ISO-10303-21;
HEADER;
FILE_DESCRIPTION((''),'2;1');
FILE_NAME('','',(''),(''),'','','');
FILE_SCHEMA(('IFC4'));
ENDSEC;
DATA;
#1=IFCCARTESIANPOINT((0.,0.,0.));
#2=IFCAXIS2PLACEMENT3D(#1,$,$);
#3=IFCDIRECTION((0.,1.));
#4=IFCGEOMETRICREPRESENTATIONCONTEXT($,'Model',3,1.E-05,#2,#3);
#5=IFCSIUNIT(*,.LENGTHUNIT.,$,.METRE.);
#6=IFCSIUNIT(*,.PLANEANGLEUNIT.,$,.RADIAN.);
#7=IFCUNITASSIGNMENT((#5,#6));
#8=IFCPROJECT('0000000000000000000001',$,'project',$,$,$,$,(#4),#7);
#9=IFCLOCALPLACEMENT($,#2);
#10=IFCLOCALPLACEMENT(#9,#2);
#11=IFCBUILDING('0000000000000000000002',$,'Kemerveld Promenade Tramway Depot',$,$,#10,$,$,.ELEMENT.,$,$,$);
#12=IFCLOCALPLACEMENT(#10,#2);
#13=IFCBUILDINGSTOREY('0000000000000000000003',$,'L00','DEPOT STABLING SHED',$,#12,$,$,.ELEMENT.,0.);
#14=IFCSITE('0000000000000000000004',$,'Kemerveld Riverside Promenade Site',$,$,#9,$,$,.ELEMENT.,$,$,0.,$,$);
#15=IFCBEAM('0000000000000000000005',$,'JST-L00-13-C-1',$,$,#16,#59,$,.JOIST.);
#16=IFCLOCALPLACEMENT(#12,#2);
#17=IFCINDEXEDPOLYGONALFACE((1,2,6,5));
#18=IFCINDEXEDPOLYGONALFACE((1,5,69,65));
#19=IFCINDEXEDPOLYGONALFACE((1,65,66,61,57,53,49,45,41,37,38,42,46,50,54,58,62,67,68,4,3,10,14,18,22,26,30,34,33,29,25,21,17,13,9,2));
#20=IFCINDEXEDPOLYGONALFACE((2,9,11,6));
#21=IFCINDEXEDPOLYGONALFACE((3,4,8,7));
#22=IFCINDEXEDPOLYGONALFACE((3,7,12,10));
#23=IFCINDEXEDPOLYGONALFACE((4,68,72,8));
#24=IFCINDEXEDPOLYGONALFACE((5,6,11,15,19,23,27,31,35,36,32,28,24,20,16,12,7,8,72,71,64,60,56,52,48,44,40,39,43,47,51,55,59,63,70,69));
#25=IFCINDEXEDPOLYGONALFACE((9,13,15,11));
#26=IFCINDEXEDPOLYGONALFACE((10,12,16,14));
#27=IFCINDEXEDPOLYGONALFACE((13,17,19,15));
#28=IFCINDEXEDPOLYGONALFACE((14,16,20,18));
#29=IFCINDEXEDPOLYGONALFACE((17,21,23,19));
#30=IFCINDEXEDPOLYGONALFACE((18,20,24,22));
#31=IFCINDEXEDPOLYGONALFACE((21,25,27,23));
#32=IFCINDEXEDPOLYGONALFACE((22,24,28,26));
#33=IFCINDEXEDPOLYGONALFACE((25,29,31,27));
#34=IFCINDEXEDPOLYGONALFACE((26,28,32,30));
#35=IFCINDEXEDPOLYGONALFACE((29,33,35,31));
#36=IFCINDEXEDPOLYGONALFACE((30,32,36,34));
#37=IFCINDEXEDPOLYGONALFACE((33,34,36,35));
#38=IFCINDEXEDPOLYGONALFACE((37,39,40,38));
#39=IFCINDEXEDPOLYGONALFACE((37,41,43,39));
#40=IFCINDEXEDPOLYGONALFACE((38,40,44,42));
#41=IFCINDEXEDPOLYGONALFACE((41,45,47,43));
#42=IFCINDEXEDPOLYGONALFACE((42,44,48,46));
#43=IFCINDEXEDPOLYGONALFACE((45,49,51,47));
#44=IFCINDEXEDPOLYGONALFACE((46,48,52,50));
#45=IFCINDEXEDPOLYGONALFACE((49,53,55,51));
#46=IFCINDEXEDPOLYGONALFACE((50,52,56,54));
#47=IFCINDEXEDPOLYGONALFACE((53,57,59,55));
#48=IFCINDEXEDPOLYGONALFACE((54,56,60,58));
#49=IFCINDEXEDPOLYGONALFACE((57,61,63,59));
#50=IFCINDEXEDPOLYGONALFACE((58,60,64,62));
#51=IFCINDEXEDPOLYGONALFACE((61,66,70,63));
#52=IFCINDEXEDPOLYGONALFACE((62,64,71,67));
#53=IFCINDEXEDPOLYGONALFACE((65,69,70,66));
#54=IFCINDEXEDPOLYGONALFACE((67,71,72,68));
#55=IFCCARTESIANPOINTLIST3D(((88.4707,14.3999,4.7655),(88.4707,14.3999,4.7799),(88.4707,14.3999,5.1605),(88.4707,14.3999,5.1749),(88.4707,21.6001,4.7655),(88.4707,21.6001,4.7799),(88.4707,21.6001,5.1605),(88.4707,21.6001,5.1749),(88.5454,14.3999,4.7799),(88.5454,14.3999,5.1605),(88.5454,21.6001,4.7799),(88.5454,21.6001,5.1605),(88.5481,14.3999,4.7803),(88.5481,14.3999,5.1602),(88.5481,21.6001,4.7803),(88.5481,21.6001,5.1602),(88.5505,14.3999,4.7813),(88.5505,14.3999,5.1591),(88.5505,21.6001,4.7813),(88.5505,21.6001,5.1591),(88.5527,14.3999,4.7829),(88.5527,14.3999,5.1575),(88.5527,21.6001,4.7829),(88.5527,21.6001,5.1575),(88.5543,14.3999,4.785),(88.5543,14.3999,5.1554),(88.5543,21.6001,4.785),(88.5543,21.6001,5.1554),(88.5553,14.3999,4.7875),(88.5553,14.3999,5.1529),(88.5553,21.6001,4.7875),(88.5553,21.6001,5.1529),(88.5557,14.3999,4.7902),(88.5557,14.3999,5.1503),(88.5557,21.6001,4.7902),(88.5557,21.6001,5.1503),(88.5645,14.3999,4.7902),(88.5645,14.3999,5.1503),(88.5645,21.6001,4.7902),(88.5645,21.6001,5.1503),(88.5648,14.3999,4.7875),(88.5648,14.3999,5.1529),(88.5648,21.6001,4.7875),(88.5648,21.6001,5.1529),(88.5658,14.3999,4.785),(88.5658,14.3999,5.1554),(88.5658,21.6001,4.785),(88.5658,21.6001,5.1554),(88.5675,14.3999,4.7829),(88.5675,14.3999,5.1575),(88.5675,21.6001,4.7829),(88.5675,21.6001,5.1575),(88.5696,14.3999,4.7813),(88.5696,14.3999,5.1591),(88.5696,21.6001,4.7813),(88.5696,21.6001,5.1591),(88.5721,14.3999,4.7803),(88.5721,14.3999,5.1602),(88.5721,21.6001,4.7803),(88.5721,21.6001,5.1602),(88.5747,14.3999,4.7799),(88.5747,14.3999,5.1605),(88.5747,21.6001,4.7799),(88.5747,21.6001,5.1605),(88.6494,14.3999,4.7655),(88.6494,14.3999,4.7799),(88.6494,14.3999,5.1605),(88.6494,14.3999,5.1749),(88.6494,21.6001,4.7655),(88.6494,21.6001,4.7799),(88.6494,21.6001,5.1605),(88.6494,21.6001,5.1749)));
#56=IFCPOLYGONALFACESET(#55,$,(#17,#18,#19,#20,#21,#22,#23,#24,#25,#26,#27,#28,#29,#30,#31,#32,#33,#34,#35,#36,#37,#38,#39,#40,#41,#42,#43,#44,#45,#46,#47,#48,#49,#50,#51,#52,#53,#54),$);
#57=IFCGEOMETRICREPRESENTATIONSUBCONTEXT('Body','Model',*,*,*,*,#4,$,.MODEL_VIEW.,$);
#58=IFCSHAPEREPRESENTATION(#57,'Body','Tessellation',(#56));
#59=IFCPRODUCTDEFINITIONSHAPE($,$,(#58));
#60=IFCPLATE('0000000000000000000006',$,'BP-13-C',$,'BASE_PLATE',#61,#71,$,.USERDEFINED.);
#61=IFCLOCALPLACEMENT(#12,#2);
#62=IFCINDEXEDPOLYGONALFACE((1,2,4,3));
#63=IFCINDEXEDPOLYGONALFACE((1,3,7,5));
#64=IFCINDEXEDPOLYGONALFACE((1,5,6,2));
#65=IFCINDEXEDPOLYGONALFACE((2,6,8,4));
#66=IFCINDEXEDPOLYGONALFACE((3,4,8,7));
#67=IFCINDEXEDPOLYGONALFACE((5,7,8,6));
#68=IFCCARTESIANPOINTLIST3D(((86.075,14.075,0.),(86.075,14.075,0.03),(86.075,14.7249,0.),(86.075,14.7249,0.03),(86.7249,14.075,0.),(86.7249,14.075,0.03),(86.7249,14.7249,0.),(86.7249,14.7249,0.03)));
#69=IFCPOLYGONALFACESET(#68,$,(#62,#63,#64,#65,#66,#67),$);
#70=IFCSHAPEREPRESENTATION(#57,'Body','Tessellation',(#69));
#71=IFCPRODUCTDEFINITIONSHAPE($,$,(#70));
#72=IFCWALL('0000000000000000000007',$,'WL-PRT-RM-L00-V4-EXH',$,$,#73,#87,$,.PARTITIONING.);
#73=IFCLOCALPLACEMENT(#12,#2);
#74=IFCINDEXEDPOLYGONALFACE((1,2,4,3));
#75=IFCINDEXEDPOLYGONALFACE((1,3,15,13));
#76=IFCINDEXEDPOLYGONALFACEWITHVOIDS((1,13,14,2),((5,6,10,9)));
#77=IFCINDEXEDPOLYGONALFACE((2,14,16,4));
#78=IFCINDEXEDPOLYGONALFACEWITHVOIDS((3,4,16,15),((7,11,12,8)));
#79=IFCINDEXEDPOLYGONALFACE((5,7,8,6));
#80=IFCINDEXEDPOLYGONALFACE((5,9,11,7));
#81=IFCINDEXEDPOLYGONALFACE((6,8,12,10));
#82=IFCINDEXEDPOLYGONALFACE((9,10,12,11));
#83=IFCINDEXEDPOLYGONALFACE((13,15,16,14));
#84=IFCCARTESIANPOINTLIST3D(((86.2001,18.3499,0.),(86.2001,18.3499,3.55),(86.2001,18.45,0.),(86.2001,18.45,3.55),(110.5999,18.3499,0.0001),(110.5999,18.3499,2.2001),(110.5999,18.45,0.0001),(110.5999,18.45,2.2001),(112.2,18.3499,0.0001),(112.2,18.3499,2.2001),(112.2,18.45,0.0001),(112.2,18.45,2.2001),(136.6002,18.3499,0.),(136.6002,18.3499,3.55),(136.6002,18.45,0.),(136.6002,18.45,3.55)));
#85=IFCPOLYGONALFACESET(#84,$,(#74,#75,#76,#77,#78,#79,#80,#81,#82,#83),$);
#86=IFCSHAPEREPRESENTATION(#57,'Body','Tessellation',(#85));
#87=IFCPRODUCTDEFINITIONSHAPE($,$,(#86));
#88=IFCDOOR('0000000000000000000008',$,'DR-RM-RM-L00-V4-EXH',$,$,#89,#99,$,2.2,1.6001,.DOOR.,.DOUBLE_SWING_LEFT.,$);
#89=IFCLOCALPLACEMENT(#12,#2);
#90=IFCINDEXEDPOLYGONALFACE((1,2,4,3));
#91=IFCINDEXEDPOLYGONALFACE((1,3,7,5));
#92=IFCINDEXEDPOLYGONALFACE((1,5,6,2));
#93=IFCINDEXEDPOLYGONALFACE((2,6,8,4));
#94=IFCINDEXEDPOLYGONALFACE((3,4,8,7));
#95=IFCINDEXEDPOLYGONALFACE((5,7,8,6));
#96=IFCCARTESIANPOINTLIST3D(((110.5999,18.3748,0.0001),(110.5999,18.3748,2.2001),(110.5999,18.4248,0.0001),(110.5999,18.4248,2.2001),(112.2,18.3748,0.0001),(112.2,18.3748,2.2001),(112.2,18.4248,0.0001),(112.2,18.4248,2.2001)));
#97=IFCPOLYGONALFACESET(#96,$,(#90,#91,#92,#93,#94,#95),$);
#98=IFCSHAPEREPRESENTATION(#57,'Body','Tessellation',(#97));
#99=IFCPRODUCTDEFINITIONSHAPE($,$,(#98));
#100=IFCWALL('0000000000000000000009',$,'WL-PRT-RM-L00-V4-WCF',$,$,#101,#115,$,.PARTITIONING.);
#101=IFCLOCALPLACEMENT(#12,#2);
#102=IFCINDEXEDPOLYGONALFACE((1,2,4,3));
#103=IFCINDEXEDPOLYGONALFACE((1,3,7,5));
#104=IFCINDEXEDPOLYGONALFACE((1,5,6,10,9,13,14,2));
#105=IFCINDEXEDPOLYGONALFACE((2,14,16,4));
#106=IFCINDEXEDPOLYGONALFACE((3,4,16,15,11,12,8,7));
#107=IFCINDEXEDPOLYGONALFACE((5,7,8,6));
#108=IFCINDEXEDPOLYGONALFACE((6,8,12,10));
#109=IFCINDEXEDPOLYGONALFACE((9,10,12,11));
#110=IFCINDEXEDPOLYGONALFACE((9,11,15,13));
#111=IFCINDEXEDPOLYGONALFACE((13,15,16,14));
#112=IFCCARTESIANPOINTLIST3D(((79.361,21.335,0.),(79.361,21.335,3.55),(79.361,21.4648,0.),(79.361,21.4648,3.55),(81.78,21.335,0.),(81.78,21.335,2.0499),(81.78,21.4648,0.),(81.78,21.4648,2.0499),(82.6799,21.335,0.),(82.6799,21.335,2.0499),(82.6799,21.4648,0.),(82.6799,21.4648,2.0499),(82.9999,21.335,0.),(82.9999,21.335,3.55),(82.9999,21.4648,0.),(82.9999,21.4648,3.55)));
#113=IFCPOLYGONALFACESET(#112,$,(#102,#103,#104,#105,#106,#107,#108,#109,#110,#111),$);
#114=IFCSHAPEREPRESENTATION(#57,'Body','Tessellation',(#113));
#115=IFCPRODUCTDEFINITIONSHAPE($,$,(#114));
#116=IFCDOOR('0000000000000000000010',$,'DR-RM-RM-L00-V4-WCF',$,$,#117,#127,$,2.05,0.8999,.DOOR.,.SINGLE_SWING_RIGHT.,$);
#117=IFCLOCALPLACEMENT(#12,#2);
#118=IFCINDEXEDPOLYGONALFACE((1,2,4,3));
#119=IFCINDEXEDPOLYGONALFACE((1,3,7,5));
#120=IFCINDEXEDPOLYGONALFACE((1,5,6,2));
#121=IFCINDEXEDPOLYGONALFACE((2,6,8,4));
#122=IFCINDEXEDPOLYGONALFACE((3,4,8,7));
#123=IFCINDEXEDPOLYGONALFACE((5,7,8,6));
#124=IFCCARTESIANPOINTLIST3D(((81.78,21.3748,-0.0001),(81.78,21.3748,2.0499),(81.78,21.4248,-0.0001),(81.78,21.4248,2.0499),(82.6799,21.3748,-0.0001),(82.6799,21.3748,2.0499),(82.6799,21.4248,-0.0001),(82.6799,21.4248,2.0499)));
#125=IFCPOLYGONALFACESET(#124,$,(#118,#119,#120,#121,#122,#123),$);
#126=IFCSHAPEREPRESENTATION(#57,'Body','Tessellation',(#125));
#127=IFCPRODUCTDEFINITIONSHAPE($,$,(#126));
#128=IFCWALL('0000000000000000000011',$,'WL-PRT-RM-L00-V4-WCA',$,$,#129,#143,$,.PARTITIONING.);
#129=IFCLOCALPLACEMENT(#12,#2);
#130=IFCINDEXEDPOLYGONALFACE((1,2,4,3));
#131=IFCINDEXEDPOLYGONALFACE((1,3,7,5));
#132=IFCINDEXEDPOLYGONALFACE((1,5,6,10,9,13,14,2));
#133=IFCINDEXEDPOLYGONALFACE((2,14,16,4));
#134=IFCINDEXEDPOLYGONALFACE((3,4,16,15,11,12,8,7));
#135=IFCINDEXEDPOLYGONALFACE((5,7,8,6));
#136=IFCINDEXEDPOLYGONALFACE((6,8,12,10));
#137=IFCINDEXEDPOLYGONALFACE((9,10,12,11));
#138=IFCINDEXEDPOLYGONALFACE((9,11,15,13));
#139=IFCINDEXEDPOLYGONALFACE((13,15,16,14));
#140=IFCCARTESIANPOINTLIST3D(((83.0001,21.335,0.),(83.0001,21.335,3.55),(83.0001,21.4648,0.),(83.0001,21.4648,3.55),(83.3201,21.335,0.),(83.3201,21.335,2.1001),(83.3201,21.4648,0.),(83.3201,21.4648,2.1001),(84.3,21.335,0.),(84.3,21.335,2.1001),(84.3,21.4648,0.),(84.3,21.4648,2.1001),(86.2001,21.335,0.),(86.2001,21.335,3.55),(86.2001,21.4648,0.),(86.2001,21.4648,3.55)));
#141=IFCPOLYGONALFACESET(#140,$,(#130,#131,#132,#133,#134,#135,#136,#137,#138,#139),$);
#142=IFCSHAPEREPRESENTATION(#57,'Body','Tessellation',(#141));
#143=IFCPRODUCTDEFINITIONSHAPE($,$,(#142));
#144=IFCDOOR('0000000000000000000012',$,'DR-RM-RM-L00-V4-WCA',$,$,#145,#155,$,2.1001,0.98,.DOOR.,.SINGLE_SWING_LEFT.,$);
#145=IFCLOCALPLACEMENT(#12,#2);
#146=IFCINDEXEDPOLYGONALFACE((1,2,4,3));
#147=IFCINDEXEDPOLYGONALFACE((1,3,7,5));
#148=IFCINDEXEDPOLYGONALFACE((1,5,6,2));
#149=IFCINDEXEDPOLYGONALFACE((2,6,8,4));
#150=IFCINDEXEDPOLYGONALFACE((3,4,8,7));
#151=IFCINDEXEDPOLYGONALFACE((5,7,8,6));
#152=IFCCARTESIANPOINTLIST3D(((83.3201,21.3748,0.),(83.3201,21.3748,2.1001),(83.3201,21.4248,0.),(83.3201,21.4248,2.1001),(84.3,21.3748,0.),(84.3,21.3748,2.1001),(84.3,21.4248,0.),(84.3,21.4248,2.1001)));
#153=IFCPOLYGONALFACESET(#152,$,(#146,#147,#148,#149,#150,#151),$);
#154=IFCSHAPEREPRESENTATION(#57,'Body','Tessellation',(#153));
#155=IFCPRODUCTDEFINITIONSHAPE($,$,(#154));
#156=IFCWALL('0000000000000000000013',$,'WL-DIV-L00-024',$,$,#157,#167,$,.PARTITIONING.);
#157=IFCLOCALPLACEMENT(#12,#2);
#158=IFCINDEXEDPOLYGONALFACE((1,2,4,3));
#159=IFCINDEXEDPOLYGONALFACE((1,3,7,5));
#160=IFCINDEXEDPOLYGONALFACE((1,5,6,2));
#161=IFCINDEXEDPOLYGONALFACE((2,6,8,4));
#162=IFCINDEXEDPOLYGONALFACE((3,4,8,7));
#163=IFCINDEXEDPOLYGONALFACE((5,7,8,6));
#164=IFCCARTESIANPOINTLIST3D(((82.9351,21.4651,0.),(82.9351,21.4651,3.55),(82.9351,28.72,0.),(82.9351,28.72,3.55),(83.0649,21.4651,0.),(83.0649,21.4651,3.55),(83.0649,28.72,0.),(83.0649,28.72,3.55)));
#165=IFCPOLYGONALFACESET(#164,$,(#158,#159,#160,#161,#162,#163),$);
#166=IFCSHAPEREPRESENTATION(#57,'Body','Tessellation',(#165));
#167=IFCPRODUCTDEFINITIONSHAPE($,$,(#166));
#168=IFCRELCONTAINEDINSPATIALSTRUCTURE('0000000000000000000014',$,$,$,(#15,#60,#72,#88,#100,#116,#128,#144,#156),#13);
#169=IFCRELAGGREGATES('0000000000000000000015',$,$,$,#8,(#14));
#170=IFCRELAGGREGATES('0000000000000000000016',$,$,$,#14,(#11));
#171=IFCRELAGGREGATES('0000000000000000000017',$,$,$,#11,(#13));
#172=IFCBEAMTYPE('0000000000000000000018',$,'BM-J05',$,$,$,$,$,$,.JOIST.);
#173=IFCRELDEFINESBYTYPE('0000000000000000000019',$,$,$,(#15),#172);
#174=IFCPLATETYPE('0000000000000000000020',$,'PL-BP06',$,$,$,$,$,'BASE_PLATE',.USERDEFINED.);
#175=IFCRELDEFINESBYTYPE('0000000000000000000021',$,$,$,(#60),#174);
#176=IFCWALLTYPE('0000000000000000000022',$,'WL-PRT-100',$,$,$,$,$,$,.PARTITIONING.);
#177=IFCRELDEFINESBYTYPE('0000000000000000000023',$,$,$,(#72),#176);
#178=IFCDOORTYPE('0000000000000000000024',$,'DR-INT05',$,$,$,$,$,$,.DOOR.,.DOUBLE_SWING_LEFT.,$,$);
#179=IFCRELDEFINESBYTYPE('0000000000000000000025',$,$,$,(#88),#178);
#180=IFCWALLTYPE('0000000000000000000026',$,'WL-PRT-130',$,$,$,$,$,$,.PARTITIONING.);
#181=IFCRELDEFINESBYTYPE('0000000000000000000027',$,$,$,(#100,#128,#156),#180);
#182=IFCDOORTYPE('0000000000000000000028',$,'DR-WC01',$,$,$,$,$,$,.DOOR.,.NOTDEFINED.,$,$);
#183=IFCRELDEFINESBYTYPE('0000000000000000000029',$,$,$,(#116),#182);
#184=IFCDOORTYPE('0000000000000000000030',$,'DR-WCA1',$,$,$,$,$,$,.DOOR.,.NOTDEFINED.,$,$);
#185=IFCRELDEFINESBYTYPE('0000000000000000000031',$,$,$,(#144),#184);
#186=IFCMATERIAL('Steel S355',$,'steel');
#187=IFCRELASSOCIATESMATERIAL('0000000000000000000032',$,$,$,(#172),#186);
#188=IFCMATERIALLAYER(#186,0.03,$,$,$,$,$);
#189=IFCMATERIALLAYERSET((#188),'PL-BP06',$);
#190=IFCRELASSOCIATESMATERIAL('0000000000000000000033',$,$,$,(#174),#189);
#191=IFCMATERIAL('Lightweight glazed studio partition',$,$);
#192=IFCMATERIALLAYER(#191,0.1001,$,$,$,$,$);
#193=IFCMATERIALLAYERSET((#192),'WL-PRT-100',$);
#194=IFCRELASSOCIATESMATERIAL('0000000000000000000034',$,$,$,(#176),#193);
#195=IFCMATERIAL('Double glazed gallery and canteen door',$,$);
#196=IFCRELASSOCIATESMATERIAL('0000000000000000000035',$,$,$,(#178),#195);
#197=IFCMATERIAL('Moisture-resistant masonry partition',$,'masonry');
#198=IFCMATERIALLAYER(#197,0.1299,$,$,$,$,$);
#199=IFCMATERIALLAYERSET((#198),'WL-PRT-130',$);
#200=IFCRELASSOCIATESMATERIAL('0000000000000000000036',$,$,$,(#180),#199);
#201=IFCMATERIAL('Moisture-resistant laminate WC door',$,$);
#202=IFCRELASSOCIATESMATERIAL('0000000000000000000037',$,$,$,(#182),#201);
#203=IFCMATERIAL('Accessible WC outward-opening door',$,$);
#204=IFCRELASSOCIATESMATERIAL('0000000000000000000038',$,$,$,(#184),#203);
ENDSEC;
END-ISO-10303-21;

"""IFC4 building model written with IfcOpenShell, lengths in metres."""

from ifc_helpers import new_model, si_unit, direction, frame, frame_2d, origin, origin_2d, place, context, subcontext, project, spatial, rectangle, i_section, extrude, material, layer, layer_set, material_profile, profile_set, type_object, element, fill, save


model = new_model("IFC4")

# Units and contexts
model_context = context("Model", 3, precision=1e-05, world=origin(), true_north=direction((0.0, 1.0)))
body_context = subcontext(model_context, "Body", "Model", "MODEL_VIEW")
ifc_project = project(units=[si_unit("LENGTHUNIT", "METRE"), si_unit("PLANEANGLEUNIT", "RADIAN")], contexts=[model_context])

# Site, building, storey
site_placement = place(None, origin())
site = spatial("IfcSite", under=ifc_project, at=site_placement, Name="Kemerveld Riverside Promenade Site", CompositionType="ELEMENT", RefElevation=0.0)
building_placement = place(site_placement, origin())
building = spatial("IfcBuilding", under=site, at=building_placement, Name="Kemerveld Promenade Tramway Depot", CompositionType="ELEMENT")
storey_placement = place(building_placement, origin())
storey = spatial("IfcBuildingStorey", under=building, at=storey_placement, Name="L00", Description="DEPOT STABLING SHED", CompositionType="ELEMENT", Elevation=0.0)

# Beam
ifc_material_1 = material(Name="Steel S355", Category="steel")
ifc_material_profile_1 = material_profile(ifc_material_1, i_section(OverallWidth=0.1787, OverallDepth=0.4094, WebThickness=0.0088, FlangeThickness=0.0144, FilletRadius=0.0103, at=origin_2d()), Name="406x178x67 UB")
ifc_profile_set_1 = profile_set([ifc_material_profile_1], Name="Steel S355")
beam_type_1 = type_object("IfcBeamType", Name="BM-J05", PredefinedType="JOIST", material=ifc_profile_set_1)
beam_1_placement = place(storey_placement, frame((88.5601, 14.3999, 4.9702), z_axis=(0.0, 1.0, 0.0), x_axis=(-1.0, 0.0, 0.0)))
element("IfcBeam", 1, at=beam_1_placement, inside=storey, type_object=beam_type_1, Name="JST-L00-13-C-1", PredefinedType="JOIST", context=body_context, shape_type="SweptSolid", body=[
    extrude(i_section(OverallWidth=0.1787, OverallDepth=0.4094, WebThickness=0.0088, FlangeThickness=0.0144, FilletRadius=0.0103, at=origin_2d()), origin(), (0.0, 0.0, 1.0), 7.2002),
])

# Plate
ifc_layer_1 = layer(ifc_material_1, 0.03)
ifc_layer_set_1 = layer_set([ifc_layer_1], Name="PL-BP06")
plate_type = type_object("IfcPlateType", Name="PL-BP06", ElementType="BASE_PLATE", PredefinedType="USERDEFINED", material=ifc_layer_set_1)
plate_placement = place(storey_placement, frame((86.3999, 14.3999, 0.0), z_axis=(0.0, 0.0, 1.0), x_axis=(1.0, 0.0, 0.0)))
element("IfcPlate", 2, at=plate_placement, inside=storey, type_object=plate_type, Name="BP-13-C", ObjectType="BASE_PLATE", PredefinedType="USERDEFINED", context=body_context, shape_type="SweptSolid", body=[
    extrude(rectangle(XDim=0.6499, YDim=0.6499, at=origin_2d()), origin(), (0.0, 0.0, 1.0), 0.03),
])

# Walls, openings, doors
ifc_material_2 = material(Name="Lightweight glazed studio partition")
ifc_layer_2 = layer(ifc_material_2, 0.1001)
ifc_layer_set_2 = layer_set([ifc_layer_2], Name="WL-PRT-100")
wall_type_1 = type_object("IfcWallType", Name="WL-PRT-100", PredefinedType="PARTITIONING", material=ifc_layer_set_2)
wall_1_placement = place(storey_placement, frame((86.2, 18.3999, 0.0), z_axis=(0.0, 0.0, 1.0), x_axis=(1.0, 0.0, 0.0)))
wall_1 = element("IfcWall", 3, at=wall_1_placement, inside=storey, type_object=wall_type_1, Name="WL-PRT-RM-L00-V4-EXH", PredefinedType="PARTITIONING", context=body_context, shape_type="SweptSolid", body=[
    extrude(rectangle(XDim=50.4001, YDim=0.1001, at=frame_2d((25.2002, 0.0))), origin(), (0.0, 0.0, 1.0), 3.55),
])
opening_1_placement = place(wall_1_placement, frame((24.3999, 0.0, 0.0)))
opening_1 = element("IfcOpeningElement", 4, at=opening_1_placement, cuts=wall_1, PredefinedType="OPENING", context=body_context, shape_type="SweptSolid", body=[
    extrude(rectangle(XDim=1.6001, YDim=2.2, at=frame_2d((0.8, 1.1001))), frame((0.0, 0.0601, 0.0), z_axis=(0.0, -1.0, 0.0), x_axis=(1.0, 0.0, 0.0)), (0.0, 0.0, 1.0), 0.1201),
])
ifc_material_3 = material(Name="Double glazed gallery and canteen door")
door_type_1 = type_object("IfcDoorType", Name="DR-INT05", OperationType="DOUBLE_SWING_LEFT", PredefinedType="DOOR", material=ifc_material_3)
door_1_placement = place(opening_1_placement, origin())
door_1 = element("IfcDoor", 5, at=door_1_placement, inside=storey, type_object=door_type_1, Name="DR-RM-RM-L00-V4-EXH", OperationType="DOUBLE_SWING_LEFT", OverallHeight=2.2, OverallWidth=1.6001, PredefinedType="DOOR", context=body_context, shape_type="SweptSolid", body=[
    extrude(rectangle(XDim=1.6001, YDim=2.2, at=frame_2d((0.8, 1.1001))), frame((0.0, 0.0249, 0.0), z_axis=(0.0, -1.0, 0.0), x_axis=(1.0, 0.0, 0.0)), (0.0, 0.0, 1.0), 0.05),
])
fill(opening_1, door_1)
ifc_material_4 = material(Name="Moisture-resistant masonry partition", Category="masonry")
ifc_layer_3 = layer(ifc_material_4, 0.1299)
ifc_layer_set_3 = layer_set([ifc_layer_3], Name="WL-PRT-130")
wall_type_2 = type_object("IfcWallType", Name="WL-PRT-130", PredefinedType="PARTITIONING", material=ifc_layer_set_3)
wall_2_placement = place(storey_placement, frame((79.3611, 21.3999, 0.0), z_axis=(0.0, 0.0, 1.0), x_axis=(1.0, 0.0, 0.0)))
wall_2 = element("IfcWall", 6, at=wall_2_placement, inside=storey, type_object=wall_type_2, Name="WL-PRT-RM-L00-V4-WCF", PredefinedType="PARTITIONING", context=body_context, shape_type="SweptSolid", body=[
    extrude(rectangle(XDim=3.6389, YDim=0.1299, at=frame_2d((1.8193, 0.0))), origin(), (0.0, 0.0, 1.0), 3.55),
])
opening_2_placement = place(wall_2_placement, frame((2.4189, 0.0, 0.0)))
opening_2 = element("IfcOpeningElement", 7, at=opening_2_placement, cuts=wall_2, PredefinedType="OPENING", context=body_context, shape_type="SweptSolid", body=[
    extrude(rectangle(XDim=0.8999, YDim=2.05, at=frame_2d((0.45, 1.0249))), frame((0.0, 0.075, 0.0), z_axis=(0.0, -1.0, 0.0), x_axis=(1.0, 0.0, 0.0)), (0.0, 0.0, 1.0), 0.1499),
])
ifc_material_5 = material(Name="Moisture-resistant laminate WC door")
door_type_2 = type_object("IfcDoorType", Name="DR-WC01", OperationType="NOTDEFINED", PredefinedType="DOOR", material=ifc_material_5)
door_2_placement = place(opening_2_placement, origin())
door_2 = element("IfcDoor", 8, at=door_2_placement, inside=storey, type_object=door_type_2, Name="DR-RM-RM-L00-V4-WCF", OperationType="SINGLE_SWING_RIGHT", OverallHeight=2.05, OverallWidth=0.8999, PredefinedType="DOOR", context=body_context, shape_type="SweptSolid", body=[
    extrude(rectangle(XDim=0.8999, YDim=2.05, at=frame_2d((0.45, 1.0249))), frame((0.0, 0.0249, 0.0), z_axis=(0.0, -1.0, 0.0), x_axis=(1.0, 0.0, 0.0)), (0.0, 0.0, 1.0), 0.05),
])
fill(opening_2, door_2)
wall_3_placement = place(storey_placement, frame((83.0, 21.3999, 0.0), z_axis=(0.0, 0.0, 1.0), x_axis=(1.0, 0.0, 0.0)))
wall_3 = element("IfcWall", 9, at=wall_3_placement, inside=storey, type_object=wall_type_2, Name="WL-PRT-RM-L00-V4-WCA", PredefinedType="PARTITIONING", context=body_context, shape_type="SweptSolid", body=[
    extrude(rectangle(XDim=3.2, YDim=0.1299, at=frame_2d((1.6001, 0.0))), origin(), (0.0, 0.0, 1.0), 3.55),
])
opening_3_placement = place(wall_3_placement, frame((0.3201, 0.0, 0.0)))
opening_3 = element("IfcOpeningElement", 10, at=opening_3_placement, cuts=wall_3, PredefinedType="OPENING", context=body_context, shape_type="SweptSolid", body=[
    extrude(rectangle(XDim=0.98, YDim=2.1001, at=frame_2d((0.49, 1.05))), frame((0.0, 0.075, 0.0), z_axis=(0.0, -1.0, 0.0), x_axis=(1.0, 0.0, 0.0)), (0.0, 0.0, 1.0), 0.1499),
])
ifc_material_6 = material(Name="Accessible WC outward-opening door")
door_type_3 = type_object("IfcDoorType", Name="DR-WCA1", OperationType="NOTDEFINED", PredefinedType="DOOR", material=ifc_material_6)
door_3_placement = place(opening_3_placement, origin())
door_3 = element("IfcDoor", 11, at=door_3_placement, inside=storey, type_object=door_type_3, Name="DR-RM-RM-L00-V4-WCA", OperationType="SINGLE_SWING_LEFT", OverallHeight=2.1001, OverallWidth=0.98, PredefinedType="DOOR", context=body_context, shape_type="SweptSolid", body=[
    extrude(rectangle(XDim=0.98, YDim=2.1001, at=frame_2d((0.49, 1.05))), frame((0.0, 0.0249, 0.0), z_axis=(0.0, -1.0, 0.0), x_axis=(1.0, 0.0, 0.0)), (0.0, 0.0, 1.0), 0.05),
])
fill(opening_3, door_3)

# Wall
wall_4_placement = place(storey_placement, frame((83.0, 21.4651, 0.0), z_axis=(0.0, 0.0, 1.0), x_axis=(0.0, 1.0, 0.0)))
element("IfcWall", 12, at=wall_4_placement, inside=storey, type_object=wall_type_2, Name="WL-DIV-L00-024", PredefinedType="PARTITIONING", context=body_context, shape_type="SweptSolid", body=[
    extrude(rectangle(XDim=7.2549, YDim=0.1299, at=frame_2d((3.6274, 0.0))), origin(), (0.0, 0.0, 1.0), 3.55),
])

save(model, "model.ifc")
